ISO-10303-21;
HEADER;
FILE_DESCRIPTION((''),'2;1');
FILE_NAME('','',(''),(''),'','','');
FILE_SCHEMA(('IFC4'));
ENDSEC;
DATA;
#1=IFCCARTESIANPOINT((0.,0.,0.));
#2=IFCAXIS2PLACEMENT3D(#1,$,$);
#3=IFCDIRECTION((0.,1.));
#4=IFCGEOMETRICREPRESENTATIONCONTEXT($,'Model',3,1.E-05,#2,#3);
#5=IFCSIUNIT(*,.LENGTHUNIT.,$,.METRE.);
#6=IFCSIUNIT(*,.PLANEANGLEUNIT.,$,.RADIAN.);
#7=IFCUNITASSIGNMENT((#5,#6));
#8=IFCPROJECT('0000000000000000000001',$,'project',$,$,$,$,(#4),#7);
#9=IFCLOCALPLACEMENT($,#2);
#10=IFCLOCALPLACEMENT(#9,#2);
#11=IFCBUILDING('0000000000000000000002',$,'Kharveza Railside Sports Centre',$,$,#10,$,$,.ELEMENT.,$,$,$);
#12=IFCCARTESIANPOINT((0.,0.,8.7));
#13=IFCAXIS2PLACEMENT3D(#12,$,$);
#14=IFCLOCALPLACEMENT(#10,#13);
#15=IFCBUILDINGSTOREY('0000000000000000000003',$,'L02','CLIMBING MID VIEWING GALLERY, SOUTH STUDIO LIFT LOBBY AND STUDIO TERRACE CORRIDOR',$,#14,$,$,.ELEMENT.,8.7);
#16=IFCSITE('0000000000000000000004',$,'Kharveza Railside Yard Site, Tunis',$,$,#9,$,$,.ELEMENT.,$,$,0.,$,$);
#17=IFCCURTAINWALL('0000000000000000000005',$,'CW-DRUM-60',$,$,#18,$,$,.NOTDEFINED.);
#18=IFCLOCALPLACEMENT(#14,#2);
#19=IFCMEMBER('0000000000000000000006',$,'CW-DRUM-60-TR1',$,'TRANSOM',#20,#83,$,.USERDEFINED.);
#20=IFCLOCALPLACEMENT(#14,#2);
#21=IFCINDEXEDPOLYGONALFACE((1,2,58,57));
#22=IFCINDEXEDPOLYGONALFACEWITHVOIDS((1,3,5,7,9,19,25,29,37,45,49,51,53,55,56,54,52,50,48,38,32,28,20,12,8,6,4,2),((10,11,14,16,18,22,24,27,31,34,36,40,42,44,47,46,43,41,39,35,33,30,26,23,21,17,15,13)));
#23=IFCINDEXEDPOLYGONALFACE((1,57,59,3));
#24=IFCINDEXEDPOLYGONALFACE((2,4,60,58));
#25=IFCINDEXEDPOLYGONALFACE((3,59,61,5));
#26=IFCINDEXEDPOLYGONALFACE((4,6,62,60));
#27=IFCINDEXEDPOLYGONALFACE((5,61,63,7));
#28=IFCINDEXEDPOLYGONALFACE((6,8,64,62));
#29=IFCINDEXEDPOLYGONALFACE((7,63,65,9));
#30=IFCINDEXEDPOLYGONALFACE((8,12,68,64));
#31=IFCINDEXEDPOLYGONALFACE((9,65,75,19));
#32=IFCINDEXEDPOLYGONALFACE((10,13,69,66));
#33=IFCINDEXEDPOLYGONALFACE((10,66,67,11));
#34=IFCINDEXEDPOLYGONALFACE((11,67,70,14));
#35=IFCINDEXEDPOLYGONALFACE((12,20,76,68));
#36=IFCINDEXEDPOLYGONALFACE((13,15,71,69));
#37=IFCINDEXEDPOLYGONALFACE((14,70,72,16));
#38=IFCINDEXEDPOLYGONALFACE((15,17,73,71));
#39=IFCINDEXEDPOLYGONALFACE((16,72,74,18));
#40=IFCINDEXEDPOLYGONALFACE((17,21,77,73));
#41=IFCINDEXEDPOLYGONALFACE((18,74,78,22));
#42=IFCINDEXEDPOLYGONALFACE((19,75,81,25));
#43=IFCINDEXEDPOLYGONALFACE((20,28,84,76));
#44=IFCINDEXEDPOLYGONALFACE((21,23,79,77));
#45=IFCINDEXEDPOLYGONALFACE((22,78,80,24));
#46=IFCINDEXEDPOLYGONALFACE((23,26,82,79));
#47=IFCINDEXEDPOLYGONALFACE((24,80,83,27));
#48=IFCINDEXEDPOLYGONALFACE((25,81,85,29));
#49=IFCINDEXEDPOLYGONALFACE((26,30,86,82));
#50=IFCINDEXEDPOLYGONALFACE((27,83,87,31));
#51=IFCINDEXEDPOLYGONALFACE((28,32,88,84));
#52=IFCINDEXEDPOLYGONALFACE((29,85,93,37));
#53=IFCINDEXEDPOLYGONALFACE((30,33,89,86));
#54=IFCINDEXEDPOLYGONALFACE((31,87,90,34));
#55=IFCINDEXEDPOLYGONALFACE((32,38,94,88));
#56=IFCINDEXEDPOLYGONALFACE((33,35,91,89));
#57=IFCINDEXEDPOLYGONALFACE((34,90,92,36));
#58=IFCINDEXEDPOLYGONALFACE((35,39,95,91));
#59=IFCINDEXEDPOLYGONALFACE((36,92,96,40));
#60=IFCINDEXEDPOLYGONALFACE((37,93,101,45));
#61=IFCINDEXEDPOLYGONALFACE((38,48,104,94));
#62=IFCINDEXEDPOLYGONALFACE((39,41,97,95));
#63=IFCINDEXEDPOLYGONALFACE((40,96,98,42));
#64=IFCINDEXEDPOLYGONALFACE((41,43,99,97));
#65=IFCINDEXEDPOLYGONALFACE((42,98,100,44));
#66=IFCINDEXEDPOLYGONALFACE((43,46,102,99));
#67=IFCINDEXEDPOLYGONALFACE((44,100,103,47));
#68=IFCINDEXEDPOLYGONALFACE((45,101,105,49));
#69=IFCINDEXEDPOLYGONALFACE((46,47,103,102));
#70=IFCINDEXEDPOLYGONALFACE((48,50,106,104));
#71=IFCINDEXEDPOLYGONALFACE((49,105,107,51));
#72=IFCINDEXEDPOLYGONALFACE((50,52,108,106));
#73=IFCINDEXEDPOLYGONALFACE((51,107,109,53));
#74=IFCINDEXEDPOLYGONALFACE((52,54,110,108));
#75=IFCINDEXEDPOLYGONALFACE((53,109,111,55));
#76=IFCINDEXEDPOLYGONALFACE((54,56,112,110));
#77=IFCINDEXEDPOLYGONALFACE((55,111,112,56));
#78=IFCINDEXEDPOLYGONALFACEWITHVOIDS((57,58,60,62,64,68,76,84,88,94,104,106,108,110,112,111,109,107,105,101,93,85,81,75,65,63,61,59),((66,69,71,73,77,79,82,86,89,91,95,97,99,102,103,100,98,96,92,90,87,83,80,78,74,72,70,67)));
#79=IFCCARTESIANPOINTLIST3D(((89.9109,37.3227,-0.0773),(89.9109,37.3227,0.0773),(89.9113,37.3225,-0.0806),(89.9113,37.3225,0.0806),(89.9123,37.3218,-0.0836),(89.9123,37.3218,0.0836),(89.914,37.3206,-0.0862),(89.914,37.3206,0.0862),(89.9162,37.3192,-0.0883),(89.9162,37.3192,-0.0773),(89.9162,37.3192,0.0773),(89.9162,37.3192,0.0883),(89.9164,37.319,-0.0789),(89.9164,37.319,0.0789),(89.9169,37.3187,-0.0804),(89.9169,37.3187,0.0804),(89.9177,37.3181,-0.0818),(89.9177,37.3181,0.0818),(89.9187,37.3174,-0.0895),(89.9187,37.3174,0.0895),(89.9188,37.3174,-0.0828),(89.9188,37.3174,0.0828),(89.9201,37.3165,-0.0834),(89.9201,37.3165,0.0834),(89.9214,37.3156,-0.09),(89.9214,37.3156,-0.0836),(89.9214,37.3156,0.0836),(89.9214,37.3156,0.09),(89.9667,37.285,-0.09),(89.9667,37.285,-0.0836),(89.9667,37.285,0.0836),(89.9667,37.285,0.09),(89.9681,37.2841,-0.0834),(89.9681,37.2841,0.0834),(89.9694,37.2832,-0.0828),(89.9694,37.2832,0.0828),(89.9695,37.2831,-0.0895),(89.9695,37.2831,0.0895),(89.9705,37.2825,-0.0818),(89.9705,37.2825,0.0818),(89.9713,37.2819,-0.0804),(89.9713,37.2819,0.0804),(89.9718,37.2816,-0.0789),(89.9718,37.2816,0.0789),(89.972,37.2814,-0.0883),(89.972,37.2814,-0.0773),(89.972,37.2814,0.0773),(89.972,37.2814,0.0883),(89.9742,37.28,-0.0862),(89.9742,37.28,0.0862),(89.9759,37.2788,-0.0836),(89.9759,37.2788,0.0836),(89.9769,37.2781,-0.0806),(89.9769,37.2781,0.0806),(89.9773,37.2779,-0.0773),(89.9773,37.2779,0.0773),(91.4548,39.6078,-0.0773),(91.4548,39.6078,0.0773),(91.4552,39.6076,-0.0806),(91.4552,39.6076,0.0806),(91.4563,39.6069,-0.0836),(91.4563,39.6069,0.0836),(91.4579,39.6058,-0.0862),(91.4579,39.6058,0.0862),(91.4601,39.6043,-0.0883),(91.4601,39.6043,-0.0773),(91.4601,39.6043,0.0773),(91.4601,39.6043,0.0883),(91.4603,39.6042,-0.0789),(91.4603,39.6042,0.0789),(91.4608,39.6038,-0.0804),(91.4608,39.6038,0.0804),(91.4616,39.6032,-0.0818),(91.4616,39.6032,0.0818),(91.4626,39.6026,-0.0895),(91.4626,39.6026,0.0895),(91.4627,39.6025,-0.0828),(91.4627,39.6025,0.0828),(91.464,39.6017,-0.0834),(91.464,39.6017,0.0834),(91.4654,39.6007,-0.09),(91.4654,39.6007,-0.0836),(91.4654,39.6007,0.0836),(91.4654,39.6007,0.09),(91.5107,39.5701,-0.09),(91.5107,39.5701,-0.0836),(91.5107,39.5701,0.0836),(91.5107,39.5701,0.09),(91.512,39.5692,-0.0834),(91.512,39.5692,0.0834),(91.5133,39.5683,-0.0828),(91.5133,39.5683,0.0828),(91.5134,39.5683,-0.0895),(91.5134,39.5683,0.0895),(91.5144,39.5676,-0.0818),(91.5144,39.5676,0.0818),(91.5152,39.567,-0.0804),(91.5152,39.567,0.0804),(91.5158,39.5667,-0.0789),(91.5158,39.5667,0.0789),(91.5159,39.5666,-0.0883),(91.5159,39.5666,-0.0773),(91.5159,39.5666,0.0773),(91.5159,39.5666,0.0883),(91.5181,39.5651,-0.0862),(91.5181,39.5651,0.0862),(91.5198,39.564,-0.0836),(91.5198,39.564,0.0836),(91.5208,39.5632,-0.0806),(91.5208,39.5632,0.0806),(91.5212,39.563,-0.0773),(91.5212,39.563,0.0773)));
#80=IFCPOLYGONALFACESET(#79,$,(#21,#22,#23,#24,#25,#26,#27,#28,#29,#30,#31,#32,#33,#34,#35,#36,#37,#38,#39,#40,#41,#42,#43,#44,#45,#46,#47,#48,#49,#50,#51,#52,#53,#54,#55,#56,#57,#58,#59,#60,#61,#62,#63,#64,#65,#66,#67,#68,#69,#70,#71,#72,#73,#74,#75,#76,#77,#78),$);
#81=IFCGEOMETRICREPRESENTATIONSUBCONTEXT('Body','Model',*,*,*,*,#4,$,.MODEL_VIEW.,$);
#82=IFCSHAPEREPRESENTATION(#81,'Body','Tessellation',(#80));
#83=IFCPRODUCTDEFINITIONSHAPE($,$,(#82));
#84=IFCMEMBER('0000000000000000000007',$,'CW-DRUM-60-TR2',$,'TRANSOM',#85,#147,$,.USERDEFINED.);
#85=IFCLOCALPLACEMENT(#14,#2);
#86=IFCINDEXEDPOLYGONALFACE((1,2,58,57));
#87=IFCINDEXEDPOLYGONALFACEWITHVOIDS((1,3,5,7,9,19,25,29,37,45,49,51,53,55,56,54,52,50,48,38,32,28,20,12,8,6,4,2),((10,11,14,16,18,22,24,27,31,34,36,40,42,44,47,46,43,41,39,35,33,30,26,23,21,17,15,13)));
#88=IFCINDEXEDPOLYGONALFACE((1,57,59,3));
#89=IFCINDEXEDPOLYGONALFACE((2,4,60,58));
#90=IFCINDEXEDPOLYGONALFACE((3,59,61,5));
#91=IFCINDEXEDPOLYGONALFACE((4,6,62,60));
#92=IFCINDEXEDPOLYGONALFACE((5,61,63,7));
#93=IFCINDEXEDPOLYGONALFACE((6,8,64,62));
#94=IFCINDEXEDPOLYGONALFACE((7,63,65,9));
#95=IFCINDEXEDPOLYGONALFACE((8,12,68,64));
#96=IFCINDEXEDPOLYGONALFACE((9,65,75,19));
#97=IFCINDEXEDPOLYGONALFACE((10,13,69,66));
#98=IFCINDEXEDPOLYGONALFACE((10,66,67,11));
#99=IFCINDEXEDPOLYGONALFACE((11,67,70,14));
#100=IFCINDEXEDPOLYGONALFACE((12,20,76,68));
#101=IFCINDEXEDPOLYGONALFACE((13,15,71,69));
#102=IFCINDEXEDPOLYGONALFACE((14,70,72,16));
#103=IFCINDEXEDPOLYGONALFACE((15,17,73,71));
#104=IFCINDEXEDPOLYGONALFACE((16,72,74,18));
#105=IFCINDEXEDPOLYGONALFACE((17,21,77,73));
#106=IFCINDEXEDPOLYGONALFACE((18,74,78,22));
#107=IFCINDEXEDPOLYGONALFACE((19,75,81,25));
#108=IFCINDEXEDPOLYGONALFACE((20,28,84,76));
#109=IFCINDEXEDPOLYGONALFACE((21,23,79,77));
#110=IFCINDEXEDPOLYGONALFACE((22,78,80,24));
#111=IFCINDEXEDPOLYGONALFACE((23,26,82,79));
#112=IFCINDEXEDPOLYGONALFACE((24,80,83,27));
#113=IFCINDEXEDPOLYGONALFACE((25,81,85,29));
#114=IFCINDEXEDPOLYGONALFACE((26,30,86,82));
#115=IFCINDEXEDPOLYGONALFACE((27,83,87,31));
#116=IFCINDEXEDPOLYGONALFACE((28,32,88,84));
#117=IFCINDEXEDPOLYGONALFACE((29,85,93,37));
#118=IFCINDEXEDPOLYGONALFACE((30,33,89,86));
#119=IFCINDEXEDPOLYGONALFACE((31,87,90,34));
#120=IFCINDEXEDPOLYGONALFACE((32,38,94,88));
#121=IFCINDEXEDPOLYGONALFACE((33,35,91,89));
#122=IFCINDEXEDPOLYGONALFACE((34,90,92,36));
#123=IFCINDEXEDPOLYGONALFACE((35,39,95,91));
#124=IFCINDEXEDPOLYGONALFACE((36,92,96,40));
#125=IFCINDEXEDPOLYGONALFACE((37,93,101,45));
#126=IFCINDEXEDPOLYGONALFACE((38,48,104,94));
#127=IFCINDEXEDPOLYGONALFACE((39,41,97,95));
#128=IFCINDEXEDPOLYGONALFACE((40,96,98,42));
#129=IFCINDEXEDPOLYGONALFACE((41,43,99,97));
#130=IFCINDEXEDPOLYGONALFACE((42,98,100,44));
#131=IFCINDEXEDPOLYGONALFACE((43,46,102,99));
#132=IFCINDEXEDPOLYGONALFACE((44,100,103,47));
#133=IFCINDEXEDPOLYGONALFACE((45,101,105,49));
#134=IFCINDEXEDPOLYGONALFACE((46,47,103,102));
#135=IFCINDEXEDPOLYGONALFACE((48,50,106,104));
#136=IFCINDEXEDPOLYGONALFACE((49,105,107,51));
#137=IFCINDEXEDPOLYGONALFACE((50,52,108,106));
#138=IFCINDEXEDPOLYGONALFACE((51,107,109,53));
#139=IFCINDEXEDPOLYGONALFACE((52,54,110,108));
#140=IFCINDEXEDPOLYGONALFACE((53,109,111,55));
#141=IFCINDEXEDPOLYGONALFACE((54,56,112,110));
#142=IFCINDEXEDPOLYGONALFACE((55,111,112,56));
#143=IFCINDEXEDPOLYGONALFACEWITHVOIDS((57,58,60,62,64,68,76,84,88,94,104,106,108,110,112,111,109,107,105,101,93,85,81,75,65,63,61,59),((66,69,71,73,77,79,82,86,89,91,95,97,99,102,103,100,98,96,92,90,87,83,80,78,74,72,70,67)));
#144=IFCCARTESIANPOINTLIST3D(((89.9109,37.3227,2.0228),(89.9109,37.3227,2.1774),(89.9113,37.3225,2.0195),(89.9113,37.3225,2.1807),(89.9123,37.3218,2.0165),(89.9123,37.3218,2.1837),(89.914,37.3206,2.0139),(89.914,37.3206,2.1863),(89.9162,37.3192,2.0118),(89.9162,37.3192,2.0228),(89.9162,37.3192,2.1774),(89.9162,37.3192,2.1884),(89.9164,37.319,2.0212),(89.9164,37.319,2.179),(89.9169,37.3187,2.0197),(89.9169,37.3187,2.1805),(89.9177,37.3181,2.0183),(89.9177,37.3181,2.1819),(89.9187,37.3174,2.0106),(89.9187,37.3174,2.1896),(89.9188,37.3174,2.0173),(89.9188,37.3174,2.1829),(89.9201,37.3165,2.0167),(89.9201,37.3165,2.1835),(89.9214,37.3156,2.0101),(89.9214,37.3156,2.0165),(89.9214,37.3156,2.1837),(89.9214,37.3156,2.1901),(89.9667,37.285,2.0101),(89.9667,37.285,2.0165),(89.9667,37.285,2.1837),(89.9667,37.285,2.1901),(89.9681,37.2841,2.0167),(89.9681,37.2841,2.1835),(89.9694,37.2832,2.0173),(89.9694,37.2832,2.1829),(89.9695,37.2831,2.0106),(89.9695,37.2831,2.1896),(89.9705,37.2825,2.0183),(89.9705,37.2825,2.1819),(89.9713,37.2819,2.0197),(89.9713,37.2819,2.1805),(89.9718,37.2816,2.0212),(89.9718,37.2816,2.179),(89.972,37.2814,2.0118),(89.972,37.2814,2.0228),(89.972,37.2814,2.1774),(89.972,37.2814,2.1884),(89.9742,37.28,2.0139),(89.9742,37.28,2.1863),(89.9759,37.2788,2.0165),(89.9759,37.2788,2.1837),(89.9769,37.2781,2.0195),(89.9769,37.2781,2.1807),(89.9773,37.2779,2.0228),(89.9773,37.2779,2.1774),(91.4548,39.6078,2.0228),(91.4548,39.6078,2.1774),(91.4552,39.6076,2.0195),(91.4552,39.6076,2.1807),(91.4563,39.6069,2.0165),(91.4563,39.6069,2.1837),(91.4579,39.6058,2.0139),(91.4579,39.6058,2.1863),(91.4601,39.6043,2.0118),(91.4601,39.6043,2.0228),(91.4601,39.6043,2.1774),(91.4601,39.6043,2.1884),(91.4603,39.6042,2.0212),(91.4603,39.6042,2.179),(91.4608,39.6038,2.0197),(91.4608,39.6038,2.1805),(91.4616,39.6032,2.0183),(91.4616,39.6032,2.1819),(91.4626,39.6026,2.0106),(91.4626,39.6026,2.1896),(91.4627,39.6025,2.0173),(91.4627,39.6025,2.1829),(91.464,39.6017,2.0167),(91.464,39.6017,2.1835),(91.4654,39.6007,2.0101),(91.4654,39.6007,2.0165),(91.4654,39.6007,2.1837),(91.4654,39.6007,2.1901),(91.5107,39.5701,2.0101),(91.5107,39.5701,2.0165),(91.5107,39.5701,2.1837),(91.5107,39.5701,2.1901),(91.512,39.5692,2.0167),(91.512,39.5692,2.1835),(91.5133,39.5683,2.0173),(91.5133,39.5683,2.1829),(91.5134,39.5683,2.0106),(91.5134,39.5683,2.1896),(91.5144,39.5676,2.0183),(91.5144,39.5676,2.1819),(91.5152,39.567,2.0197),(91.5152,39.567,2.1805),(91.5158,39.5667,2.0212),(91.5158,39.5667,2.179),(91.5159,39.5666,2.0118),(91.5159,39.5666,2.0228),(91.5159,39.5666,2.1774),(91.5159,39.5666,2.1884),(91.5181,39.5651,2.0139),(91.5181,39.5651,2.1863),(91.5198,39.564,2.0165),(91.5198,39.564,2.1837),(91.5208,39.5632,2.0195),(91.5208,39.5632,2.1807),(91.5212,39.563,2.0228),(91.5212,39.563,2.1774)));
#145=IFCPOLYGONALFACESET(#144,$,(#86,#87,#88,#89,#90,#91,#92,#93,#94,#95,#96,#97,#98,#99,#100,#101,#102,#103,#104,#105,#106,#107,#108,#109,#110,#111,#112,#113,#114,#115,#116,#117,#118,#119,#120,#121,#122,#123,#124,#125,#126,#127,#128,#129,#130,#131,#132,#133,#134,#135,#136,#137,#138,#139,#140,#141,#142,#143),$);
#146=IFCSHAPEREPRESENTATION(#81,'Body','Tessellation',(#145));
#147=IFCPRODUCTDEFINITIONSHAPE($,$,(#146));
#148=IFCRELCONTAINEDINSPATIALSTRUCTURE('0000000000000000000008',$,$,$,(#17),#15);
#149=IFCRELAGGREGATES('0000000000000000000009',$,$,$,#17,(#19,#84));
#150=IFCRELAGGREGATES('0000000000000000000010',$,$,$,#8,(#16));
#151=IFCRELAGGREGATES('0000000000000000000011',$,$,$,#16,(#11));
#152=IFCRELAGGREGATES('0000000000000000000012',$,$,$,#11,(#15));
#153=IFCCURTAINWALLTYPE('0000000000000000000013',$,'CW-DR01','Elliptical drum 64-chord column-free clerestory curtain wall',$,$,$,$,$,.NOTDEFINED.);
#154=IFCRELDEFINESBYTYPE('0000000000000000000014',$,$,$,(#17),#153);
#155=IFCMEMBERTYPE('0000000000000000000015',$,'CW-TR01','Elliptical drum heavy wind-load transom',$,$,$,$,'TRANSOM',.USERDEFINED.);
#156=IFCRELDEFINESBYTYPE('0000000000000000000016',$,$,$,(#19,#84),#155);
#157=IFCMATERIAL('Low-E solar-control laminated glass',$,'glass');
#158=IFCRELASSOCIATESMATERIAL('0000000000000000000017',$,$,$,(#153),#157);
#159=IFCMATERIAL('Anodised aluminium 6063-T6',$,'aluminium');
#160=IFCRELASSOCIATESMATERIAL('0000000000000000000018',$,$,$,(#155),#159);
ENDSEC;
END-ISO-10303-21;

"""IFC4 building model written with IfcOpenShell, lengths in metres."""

from ifc_helpers import new_model, si_unit, direction, frame, origin, origin_2d, place, context, subcontext, project, spatial, hollow_rectangle, extrude, material, material_profile, profile_set, type_object, element, aggregate, save


model = new_model("IFC4")

# Units and contexts
model_context = context("Model", 3, precision=1e-05, world=origin(), true_north=direction((0.0, 1.0)))
body_context = subcontext(model_context, "Body", "Model", "MODEL_VIEW")
ifc_project = project(units=[si_unit("LENGTHUNIT", "METRE"), si_unit("PLANEANGLEUNIT", "RADIAN")], contexts=[model_context])

# Site, building, storey
site_placement = place(None, origin())
site = spatial("IfcSite", under=ifc_project, at=site_placement, Name="Kharveza Railside Yard Site, Tunis", CompositionType="ELEMENT", RefElevation=0.0)
building_placement = place(site_placement, origin())
building = spatial("IfcBuilding", under=site, at=building_placement, Name="Kharveza Railside Sports Centre", CompositionType="ELEMENT")
storey_placement = place(building_placement, frame((0.0, 0.0, 8.7)))
storey = spatial("IfcBuildingStorey", under=building, at=storey_placement, Name="L02", Description="CLIMBING MID VIEWING GALLERY, SOUTH STUDIO LIFT LOBBY AND STUDIO TERRACE CORRIDOR", CompositionType="ELEMENT", Elevation=8.7)

# Curtain wall
ifc_material_1 = material(Name="Low-E solar-control laminated glass", Category="glass")
curtain_wall_type = type_object("IfcCurtainWallType", Name="CW-DR01", Description="Elliptical drum 64-chord column-free clerestory curtain wall", PredefinedType="NOTDEFINED", material=ifc_material_1)
ifc_material_2 = material(Name="Anodised aluminium 6063-T6", Category="aluminium")
curtain_wall_1_placement = place(storey_placement, origin())
curtain_wall_1 = element("IfcCurtainWall", 1, at=curtain_wall_1_placement, inside=storey, type_object=curtain_wall_type, Name="CW-DRUM-60", PredefinedType="NOTDEFINED")

# Members
ifc_material_profile_1 = material_profile(ifc_material_2, hollow_rectangle(XDim=0.0801, YDim=0.1799, WallThickness=0.0063, InnerFilletRadius=0.0063, OuterFilletRadius=0.0127, at=origin_2d()), Name="RHS 80x180x6.3")
ifc_profile_set_1 = profile_set([ifc_material_profile_1], Name="Anodised aluminium 6063-T6")
member_type_1 = type_object("IfcMemberType", Name="CW-TR01", Description="Elliptical drum heavy wind-load transom", ElementType="TRANSOM", PredefinedType="USERDEFINED", material=ifc_profile_set_1)
member_1_placement = place(storey_placement, frame((89.9441, 37.3003, 0.0), z_axis=(0.559838, 0.828602, 0.0), x_axis=(-0.828602, 0.559838, 0.0)))
member_1 = element("IfcMember", 2, at=member_1_placement, type_object=member_type_1, Name="CW-DRUM-60-TR1", ObjectType="TRANSOM", PredefinedType="USERDEFINED", context=body_context, shape_type="SweptSolid", body=[
    extrude(hollow_rectangle(XDim=0.0801, YDim=0.1799, WallThickness=0.0063, InnerFilletRadius=0.0063, OuterFilletRadius=0.0127, at=origin_2d()), origin(), (0.0, 0.0, 1.0), 2.7578),
])
member_2_placement = place(storey_placement, frame((89.9441, 37.3003, 2.1001), z_axis=(0.559838, 0.828602, 0.0), x_axis=(-0.828602, 0.559838, 0.0)))
member_2 = element("IfcMember", 3, at=member_2_placement, type_object=member_type_1, Name="CW-DRUM-60-TR2", ObjectType="TRANSOM", PredefinedType="USERDEFINED", context=body_context, shape_type="SweptSolid", body=[
    extrude(hollow_rectangle(XDim=0.0801, YDim=0.1799, WallThickness=0.0063, InnerFilletRadius=0.0063, OuterFilletRadius=0.0127, at=origin_2d()), origin(), (0.0, 0.0, 1.0), 2.7578),
])

aggregate(curtain_wall_1, [member_1, member_2])

save(model, "model.ifc")
